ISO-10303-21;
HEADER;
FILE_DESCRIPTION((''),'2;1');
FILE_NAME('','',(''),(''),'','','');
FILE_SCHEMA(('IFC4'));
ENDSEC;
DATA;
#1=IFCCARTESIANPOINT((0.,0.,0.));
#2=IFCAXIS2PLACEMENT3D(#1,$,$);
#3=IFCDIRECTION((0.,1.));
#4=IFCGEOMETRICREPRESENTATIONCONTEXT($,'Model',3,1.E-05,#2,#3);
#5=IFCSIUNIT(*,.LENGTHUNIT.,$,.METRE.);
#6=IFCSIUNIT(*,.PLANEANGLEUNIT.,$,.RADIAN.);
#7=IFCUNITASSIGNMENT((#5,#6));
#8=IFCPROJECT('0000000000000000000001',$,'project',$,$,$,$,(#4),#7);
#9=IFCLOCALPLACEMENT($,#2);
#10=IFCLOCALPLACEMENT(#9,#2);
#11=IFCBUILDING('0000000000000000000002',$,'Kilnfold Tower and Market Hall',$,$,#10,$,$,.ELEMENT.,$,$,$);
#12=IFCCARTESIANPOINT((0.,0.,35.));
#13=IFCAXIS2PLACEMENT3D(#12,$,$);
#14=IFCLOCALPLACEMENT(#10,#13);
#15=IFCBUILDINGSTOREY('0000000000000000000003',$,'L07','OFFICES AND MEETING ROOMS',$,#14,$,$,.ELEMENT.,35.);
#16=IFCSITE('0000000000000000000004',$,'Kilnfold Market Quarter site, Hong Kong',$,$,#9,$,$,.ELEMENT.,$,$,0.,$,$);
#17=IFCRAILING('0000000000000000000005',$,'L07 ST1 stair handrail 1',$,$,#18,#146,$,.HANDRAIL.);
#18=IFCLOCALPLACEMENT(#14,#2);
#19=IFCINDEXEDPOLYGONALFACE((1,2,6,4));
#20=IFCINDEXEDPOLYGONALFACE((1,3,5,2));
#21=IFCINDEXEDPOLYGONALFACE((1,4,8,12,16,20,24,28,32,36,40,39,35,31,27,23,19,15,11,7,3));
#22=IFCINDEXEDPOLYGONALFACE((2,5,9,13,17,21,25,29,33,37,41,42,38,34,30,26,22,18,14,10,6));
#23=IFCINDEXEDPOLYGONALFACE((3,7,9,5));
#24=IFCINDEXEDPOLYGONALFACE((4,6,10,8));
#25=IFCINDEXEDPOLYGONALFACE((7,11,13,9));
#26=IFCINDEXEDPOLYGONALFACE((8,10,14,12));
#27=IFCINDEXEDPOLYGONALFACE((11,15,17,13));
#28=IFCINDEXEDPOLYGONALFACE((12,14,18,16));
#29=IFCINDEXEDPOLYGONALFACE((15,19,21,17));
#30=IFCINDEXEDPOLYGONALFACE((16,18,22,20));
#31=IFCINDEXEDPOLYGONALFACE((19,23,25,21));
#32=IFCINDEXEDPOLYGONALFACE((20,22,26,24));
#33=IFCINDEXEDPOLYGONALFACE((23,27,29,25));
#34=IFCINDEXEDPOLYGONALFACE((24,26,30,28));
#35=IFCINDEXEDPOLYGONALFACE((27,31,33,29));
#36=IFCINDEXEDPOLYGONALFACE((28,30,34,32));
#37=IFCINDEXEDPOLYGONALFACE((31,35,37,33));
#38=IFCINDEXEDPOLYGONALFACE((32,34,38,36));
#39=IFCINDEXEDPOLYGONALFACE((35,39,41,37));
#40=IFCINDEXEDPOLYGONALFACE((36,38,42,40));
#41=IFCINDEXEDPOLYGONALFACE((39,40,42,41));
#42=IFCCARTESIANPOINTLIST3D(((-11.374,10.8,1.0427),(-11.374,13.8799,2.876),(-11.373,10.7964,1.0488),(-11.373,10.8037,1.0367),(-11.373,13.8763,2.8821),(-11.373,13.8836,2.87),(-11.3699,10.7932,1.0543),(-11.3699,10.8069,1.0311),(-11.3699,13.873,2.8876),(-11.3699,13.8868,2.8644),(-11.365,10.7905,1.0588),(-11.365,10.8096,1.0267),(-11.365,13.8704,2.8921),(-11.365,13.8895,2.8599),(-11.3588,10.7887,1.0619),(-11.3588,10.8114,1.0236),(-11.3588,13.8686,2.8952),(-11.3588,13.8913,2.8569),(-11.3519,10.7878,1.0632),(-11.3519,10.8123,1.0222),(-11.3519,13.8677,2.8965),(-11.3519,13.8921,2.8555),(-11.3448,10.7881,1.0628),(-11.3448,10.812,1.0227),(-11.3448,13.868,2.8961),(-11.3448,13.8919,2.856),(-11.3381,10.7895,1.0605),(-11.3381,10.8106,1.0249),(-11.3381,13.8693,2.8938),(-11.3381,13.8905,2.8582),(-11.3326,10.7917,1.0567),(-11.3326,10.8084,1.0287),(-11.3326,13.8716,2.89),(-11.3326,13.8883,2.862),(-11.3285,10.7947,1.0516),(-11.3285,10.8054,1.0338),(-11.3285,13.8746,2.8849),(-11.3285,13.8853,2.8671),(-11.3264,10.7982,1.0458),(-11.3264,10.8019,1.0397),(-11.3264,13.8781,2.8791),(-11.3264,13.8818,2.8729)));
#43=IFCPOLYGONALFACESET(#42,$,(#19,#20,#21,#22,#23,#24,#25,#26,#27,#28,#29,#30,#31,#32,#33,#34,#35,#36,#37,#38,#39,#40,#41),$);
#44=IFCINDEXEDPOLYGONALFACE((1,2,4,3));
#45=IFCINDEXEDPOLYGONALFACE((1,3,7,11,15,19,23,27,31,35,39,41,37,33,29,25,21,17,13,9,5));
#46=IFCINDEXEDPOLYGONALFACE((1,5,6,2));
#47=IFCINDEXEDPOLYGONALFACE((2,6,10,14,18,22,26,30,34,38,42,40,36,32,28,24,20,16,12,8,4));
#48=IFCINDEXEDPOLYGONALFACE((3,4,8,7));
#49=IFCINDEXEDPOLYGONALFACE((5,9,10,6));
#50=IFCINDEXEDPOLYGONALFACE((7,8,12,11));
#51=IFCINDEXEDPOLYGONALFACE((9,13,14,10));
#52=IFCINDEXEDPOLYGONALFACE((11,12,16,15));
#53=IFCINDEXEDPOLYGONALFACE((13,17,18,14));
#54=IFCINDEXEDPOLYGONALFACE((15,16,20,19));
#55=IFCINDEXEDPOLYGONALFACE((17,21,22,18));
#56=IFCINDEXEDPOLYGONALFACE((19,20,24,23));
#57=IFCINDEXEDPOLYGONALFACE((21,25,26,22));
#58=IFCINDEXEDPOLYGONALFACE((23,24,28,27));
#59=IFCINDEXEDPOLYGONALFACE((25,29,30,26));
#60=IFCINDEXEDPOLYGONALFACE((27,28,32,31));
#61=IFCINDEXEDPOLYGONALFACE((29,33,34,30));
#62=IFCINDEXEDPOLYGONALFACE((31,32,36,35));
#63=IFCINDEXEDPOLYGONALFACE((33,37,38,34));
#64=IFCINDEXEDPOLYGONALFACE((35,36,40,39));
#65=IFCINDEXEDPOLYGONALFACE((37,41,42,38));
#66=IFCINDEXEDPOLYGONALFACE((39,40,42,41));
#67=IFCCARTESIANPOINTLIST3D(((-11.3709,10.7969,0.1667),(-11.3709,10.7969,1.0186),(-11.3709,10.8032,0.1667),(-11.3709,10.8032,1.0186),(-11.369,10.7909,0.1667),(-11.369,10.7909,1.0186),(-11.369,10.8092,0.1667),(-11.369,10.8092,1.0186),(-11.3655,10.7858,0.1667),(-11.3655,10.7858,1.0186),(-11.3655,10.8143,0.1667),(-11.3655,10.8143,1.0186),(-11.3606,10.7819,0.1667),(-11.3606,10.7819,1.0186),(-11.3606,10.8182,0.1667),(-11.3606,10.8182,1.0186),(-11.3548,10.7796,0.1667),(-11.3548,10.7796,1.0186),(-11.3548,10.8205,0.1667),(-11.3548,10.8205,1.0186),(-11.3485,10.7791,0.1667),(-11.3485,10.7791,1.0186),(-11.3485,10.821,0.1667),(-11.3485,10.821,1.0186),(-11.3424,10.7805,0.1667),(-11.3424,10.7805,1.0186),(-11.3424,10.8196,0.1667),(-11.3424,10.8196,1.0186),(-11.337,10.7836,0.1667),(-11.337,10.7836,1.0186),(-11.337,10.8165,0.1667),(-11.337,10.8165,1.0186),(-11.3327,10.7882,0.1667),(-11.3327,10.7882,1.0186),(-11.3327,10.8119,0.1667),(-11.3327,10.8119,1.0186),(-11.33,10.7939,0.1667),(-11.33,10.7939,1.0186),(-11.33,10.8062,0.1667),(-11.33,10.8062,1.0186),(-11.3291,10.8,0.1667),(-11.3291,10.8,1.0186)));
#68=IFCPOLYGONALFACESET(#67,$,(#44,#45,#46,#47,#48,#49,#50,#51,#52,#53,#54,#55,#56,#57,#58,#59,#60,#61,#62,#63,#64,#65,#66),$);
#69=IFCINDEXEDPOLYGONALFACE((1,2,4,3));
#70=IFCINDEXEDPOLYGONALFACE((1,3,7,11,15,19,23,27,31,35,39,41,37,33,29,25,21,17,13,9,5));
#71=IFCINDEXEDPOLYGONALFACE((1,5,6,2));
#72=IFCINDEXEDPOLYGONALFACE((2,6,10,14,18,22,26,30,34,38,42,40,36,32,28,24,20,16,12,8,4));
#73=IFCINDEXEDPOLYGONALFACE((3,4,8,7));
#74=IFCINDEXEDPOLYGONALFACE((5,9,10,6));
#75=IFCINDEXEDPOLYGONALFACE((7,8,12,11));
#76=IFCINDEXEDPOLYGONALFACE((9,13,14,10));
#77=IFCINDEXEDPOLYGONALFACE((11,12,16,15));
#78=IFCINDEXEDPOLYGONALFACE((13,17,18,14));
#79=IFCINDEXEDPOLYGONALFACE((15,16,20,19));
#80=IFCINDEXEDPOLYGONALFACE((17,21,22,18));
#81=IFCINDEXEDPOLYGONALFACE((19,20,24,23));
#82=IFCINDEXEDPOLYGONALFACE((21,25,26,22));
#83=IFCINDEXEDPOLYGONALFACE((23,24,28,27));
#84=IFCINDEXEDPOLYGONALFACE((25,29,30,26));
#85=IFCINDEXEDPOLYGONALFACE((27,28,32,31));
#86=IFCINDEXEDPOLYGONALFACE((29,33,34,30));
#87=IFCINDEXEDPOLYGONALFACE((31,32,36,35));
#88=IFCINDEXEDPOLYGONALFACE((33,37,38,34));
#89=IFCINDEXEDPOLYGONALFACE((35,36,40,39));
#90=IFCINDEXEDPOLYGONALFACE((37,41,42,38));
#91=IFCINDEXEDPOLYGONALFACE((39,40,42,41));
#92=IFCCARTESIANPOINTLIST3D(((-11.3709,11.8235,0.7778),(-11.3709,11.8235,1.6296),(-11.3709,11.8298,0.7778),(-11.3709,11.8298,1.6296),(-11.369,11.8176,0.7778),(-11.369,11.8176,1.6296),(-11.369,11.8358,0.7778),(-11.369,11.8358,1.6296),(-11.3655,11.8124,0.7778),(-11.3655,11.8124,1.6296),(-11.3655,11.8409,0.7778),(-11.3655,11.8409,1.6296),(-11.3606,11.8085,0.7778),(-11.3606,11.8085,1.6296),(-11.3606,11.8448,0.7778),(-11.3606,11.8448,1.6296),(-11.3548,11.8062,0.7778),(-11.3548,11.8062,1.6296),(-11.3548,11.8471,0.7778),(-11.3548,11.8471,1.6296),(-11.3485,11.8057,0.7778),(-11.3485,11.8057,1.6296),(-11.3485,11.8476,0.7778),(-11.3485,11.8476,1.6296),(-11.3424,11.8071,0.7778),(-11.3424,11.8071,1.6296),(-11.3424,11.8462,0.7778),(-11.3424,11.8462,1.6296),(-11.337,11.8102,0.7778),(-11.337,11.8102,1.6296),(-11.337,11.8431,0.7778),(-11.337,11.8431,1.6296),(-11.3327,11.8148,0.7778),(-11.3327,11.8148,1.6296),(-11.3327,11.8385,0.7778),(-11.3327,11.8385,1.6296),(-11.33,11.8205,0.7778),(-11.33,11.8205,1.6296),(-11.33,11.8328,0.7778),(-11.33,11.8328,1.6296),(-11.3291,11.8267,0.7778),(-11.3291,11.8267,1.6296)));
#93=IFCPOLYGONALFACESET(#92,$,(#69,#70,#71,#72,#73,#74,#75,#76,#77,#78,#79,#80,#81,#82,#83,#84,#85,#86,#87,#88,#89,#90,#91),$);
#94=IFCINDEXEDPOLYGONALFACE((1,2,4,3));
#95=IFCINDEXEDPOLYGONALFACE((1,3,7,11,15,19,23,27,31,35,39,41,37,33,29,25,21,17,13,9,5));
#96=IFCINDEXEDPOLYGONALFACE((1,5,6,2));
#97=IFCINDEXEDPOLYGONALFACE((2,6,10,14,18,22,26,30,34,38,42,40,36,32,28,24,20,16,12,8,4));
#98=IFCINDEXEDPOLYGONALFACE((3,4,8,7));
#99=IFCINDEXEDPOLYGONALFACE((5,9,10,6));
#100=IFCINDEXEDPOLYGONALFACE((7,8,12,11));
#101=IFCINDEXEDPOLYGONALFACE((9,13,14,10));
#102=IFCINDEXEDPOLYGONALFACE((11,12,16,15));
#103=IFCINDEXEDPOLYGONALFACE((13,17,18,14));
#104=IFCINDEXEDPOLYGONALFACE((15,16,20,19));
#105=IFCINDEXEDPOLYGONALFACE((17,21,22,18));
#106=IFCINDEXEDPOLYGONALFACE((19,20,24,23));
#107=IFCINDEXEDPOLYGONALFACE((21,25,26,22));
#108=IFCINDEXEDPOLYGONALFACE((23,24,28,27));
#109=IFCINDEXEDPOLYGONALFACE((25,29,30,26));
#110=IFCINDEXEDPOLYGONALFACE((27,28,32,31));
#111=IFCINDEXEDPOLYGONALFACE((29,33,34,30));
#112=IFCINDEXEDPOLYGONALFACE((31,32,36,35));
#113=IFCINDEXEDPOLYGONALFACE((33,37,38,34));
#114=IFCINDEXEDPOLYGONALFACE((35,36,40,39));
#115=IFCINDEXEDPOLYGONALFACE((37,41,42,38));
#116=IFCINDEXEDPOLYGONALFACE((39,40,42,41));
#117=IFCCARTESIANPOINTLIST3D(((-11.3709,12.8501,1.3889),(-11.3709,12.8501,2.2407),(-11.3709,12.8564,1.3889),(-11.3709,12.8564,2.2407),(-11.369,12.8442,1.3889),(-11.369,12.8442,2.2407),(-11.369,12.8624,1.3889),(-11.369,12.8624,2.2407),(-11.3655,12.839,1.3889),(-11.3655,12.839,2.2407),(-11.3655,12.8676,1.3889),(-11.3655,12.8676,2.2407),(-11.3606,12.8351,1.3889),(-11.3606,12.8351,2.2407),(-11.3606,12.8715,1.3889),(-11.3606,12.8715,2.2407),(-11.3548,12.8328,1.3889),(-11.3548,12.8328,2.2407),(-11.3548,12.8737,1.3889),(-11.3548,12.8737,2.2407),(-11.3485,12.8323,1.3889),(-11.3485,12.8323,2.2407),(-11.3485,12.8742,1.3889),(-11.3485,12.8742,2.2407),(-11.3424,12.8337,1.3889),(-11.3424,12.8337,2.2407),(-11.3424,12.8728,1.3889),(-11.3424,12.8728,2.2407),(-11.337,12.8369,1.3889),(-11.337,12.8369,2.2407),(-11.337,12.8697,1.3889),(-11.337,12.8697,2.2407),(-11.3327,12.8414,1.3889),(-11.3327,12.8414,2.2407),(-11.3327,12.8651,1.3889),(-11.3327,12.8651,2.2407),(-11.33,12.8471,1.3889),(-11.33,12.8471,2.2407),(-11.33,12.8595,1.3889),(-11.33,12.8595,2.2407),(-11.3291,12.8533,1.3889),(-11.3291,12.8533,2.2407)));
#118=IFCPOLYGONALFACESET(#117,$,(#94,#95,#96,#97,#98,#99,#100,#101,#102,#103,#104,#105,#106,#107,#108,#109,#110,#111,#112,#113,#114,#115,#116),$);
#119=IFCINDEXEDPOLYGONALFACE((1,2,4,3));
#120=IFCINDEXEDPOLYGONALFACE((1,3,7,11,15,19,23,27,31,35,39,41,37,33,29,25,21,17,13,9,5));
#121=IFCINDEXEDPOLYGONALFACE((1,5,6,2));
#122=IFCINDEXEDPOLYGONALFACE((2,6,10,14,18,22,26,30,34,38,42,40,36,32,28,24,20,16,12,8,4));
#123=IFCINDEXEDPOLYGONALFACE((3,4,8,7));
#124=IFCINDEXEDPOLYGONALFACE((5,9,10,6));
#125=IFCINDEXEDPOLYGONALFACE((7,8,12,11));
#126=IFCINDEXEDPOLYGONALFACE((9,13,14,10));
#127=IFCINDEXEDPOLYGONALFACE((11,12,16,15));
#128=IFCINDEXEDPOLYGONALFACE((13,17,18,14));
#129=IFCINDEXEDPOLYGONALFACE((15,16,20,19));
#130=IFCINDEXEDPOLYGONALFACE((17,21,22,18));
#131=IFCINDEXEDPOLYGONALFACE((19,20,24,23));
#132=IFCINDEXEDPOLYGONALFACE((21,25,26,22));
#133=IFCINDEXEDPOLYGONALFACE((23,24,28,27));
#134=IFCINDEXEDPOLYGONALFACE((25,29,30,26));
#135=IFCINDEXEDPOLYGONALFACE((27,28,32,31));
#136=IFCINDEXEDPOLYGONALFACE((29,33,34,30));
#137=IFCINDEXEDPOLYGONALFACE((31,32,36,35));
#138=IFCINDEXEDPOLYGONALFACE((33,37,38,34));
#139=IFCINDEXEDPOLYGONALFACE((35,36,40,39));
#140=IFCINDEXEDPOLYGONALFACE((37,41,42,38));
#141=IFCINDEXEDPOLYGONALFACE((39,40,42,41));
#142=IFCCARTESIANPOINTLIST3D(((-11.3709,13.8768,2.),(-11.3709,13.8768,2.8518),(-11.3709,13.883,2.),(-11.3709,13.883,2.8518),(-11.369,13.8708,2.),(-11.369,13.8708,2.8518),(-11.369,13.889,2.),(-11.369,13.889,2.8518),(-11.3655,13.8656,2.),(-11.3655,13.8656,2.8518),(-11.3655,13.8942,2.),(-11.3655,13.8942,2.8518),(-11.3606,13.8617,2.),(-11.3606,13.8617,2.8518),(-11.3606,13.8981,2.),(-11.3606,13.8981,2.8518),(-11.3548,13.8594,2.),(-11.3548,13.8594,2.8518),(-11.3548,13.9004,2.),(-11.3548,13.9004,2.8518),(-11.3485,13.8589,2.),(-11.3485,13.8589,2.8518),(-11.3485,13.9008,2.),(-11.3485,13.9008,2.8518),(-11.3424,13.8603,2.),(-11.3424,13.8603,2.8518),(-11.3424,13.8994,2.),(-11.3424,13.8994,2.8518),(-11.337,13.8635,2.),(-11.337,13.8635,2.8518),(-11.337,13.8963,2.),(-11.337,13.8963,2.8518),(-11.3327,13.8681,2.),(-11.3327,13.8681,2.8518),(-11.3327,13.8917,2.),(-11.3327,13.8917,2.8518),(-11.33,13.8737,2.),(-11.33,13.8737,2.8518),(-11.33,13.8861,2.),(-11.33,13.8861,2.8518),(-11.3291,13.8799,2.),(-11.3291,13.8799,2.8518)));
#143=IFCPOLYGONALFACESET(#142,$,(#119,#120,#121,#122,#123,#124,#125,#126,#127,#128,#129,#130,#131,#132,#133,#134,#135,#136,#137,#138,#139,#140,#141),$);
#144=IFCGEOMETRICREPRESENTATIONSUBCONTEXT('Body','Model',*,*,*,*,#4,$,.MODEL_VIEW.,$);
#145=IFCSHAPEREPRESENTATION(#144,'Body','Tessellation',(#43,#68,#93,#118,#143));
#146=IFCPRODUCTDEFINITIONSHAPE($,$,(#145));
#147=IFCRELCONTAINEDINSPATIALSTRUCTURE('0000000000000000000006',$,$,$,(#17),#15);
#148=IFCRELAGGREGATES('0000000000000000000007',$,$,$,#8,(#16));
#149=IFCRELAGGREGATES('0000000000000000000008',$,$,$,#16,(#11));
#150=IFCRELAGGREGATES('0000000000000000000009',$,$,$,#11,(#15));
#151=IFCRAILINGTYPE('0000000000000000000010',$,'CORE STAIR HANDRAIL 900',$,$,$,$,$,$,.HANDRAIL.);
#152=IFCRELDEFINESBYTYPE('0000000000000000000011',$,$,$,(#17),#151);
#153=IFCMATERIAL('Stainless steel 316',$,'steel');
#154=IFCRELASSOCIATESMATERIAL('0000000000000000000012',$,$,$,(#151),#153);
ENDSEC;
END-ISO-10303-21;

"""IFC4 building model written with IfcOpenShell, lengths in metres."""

from ifc_helpers import new_model, si_unit, direction, frame, origin, origin_2d, place, context, subcontext, project, spatial, circle, extrude, material, type_object, element, save


model = new_model("IFC4")

# Units and contexts
model_context = context("Model", 3, precision=1e-05, world=origin(), true_north=direction((0.0, 1.0)))
body_context = subcontext(model_context, "Body", "Model", "MODEL_VIEW")
ifc_project = project(units=[si_unit("LENGTHUNIT", "METRE"), si_unit("PLANEANGLEUNIT", "RADIAN")], contexts=[model_context])

# Site, building, storey
site_placement = place(None, origin())
site = spatial("IfcSite", under=ifc_project, at=site_placement, Name="Kilnfold Market Quarter site, Hong Kong", CompositionType="ELEMENT", RefElevation=0.0)
building_placement = place(site_placement, origin())
building = spatial("IfcBuilding", under=site, at=building_placement, Name="Kilnfold Tower and Market Hall", CompositionType="ELEMENT")
storey_placement = place(building_placement, frame((0.0, 0.0, 35.0)))
storey = spatial("IfcBuildingStorey", under=building, at=storey_placement, Name="L07", Description="OFFICES AND MEETING ROOMS", CompositionType="ELEMENT", Elevation=35.0)

# Railing
ifc_material_1 = material(Name="Stainless steel 316", Category="steel")
railing_type_1 = type_object("IfcRailingType", Name="CORE STAIR HANDRAIL 900", PredefinedType="HANDRAIL", material=ifc_material_1)
railing_1_placement = place(storey_placement, frame((-11.3501, 10.8, 0.1667)))
element("IfcRailing", 1, at=railing_1_placement, inside=storey, type_object=railing_type_1, Name="L07 ST1 stair handrail 1", PredefinedType="HANDRAIL", context=body_context, shape_type="SweptSolid", body=[
    extrude(circle(Radius=0.0239, at=origin_2d()), frame((0.0, 0.0, 0.876), z_axis=(0.0, 0.859291, 0.511487), x_axis=(-1.0, 0.0, 0.0)), (0.0, 0.0, 1.0), 3.5842),
    extrude(circle(Radius=0.021, at=origin_2d()), origin(), (0.0, 0.0, 1.0), 0.8518),
    extrude(circle(Radius=0.021, at=origin_2d()), frame((0.0, 1.0266, 0.6111)), (0.0, 0.0, 1.0), 0.8518),
    extrude(circle(Radius=0.021, at=origin_2d()), frame((0.0, 2.0532, 1.2222)), (0.0, 0.0, 1.0), 0.8518),
    extrude(circle(Radius=0.021, at=origin_2d()), frame((0.0, 3.0798, 1.8333)), (0.0, 0.0, 1.0), 0.8518),
])

save(model, "model.ifc")
